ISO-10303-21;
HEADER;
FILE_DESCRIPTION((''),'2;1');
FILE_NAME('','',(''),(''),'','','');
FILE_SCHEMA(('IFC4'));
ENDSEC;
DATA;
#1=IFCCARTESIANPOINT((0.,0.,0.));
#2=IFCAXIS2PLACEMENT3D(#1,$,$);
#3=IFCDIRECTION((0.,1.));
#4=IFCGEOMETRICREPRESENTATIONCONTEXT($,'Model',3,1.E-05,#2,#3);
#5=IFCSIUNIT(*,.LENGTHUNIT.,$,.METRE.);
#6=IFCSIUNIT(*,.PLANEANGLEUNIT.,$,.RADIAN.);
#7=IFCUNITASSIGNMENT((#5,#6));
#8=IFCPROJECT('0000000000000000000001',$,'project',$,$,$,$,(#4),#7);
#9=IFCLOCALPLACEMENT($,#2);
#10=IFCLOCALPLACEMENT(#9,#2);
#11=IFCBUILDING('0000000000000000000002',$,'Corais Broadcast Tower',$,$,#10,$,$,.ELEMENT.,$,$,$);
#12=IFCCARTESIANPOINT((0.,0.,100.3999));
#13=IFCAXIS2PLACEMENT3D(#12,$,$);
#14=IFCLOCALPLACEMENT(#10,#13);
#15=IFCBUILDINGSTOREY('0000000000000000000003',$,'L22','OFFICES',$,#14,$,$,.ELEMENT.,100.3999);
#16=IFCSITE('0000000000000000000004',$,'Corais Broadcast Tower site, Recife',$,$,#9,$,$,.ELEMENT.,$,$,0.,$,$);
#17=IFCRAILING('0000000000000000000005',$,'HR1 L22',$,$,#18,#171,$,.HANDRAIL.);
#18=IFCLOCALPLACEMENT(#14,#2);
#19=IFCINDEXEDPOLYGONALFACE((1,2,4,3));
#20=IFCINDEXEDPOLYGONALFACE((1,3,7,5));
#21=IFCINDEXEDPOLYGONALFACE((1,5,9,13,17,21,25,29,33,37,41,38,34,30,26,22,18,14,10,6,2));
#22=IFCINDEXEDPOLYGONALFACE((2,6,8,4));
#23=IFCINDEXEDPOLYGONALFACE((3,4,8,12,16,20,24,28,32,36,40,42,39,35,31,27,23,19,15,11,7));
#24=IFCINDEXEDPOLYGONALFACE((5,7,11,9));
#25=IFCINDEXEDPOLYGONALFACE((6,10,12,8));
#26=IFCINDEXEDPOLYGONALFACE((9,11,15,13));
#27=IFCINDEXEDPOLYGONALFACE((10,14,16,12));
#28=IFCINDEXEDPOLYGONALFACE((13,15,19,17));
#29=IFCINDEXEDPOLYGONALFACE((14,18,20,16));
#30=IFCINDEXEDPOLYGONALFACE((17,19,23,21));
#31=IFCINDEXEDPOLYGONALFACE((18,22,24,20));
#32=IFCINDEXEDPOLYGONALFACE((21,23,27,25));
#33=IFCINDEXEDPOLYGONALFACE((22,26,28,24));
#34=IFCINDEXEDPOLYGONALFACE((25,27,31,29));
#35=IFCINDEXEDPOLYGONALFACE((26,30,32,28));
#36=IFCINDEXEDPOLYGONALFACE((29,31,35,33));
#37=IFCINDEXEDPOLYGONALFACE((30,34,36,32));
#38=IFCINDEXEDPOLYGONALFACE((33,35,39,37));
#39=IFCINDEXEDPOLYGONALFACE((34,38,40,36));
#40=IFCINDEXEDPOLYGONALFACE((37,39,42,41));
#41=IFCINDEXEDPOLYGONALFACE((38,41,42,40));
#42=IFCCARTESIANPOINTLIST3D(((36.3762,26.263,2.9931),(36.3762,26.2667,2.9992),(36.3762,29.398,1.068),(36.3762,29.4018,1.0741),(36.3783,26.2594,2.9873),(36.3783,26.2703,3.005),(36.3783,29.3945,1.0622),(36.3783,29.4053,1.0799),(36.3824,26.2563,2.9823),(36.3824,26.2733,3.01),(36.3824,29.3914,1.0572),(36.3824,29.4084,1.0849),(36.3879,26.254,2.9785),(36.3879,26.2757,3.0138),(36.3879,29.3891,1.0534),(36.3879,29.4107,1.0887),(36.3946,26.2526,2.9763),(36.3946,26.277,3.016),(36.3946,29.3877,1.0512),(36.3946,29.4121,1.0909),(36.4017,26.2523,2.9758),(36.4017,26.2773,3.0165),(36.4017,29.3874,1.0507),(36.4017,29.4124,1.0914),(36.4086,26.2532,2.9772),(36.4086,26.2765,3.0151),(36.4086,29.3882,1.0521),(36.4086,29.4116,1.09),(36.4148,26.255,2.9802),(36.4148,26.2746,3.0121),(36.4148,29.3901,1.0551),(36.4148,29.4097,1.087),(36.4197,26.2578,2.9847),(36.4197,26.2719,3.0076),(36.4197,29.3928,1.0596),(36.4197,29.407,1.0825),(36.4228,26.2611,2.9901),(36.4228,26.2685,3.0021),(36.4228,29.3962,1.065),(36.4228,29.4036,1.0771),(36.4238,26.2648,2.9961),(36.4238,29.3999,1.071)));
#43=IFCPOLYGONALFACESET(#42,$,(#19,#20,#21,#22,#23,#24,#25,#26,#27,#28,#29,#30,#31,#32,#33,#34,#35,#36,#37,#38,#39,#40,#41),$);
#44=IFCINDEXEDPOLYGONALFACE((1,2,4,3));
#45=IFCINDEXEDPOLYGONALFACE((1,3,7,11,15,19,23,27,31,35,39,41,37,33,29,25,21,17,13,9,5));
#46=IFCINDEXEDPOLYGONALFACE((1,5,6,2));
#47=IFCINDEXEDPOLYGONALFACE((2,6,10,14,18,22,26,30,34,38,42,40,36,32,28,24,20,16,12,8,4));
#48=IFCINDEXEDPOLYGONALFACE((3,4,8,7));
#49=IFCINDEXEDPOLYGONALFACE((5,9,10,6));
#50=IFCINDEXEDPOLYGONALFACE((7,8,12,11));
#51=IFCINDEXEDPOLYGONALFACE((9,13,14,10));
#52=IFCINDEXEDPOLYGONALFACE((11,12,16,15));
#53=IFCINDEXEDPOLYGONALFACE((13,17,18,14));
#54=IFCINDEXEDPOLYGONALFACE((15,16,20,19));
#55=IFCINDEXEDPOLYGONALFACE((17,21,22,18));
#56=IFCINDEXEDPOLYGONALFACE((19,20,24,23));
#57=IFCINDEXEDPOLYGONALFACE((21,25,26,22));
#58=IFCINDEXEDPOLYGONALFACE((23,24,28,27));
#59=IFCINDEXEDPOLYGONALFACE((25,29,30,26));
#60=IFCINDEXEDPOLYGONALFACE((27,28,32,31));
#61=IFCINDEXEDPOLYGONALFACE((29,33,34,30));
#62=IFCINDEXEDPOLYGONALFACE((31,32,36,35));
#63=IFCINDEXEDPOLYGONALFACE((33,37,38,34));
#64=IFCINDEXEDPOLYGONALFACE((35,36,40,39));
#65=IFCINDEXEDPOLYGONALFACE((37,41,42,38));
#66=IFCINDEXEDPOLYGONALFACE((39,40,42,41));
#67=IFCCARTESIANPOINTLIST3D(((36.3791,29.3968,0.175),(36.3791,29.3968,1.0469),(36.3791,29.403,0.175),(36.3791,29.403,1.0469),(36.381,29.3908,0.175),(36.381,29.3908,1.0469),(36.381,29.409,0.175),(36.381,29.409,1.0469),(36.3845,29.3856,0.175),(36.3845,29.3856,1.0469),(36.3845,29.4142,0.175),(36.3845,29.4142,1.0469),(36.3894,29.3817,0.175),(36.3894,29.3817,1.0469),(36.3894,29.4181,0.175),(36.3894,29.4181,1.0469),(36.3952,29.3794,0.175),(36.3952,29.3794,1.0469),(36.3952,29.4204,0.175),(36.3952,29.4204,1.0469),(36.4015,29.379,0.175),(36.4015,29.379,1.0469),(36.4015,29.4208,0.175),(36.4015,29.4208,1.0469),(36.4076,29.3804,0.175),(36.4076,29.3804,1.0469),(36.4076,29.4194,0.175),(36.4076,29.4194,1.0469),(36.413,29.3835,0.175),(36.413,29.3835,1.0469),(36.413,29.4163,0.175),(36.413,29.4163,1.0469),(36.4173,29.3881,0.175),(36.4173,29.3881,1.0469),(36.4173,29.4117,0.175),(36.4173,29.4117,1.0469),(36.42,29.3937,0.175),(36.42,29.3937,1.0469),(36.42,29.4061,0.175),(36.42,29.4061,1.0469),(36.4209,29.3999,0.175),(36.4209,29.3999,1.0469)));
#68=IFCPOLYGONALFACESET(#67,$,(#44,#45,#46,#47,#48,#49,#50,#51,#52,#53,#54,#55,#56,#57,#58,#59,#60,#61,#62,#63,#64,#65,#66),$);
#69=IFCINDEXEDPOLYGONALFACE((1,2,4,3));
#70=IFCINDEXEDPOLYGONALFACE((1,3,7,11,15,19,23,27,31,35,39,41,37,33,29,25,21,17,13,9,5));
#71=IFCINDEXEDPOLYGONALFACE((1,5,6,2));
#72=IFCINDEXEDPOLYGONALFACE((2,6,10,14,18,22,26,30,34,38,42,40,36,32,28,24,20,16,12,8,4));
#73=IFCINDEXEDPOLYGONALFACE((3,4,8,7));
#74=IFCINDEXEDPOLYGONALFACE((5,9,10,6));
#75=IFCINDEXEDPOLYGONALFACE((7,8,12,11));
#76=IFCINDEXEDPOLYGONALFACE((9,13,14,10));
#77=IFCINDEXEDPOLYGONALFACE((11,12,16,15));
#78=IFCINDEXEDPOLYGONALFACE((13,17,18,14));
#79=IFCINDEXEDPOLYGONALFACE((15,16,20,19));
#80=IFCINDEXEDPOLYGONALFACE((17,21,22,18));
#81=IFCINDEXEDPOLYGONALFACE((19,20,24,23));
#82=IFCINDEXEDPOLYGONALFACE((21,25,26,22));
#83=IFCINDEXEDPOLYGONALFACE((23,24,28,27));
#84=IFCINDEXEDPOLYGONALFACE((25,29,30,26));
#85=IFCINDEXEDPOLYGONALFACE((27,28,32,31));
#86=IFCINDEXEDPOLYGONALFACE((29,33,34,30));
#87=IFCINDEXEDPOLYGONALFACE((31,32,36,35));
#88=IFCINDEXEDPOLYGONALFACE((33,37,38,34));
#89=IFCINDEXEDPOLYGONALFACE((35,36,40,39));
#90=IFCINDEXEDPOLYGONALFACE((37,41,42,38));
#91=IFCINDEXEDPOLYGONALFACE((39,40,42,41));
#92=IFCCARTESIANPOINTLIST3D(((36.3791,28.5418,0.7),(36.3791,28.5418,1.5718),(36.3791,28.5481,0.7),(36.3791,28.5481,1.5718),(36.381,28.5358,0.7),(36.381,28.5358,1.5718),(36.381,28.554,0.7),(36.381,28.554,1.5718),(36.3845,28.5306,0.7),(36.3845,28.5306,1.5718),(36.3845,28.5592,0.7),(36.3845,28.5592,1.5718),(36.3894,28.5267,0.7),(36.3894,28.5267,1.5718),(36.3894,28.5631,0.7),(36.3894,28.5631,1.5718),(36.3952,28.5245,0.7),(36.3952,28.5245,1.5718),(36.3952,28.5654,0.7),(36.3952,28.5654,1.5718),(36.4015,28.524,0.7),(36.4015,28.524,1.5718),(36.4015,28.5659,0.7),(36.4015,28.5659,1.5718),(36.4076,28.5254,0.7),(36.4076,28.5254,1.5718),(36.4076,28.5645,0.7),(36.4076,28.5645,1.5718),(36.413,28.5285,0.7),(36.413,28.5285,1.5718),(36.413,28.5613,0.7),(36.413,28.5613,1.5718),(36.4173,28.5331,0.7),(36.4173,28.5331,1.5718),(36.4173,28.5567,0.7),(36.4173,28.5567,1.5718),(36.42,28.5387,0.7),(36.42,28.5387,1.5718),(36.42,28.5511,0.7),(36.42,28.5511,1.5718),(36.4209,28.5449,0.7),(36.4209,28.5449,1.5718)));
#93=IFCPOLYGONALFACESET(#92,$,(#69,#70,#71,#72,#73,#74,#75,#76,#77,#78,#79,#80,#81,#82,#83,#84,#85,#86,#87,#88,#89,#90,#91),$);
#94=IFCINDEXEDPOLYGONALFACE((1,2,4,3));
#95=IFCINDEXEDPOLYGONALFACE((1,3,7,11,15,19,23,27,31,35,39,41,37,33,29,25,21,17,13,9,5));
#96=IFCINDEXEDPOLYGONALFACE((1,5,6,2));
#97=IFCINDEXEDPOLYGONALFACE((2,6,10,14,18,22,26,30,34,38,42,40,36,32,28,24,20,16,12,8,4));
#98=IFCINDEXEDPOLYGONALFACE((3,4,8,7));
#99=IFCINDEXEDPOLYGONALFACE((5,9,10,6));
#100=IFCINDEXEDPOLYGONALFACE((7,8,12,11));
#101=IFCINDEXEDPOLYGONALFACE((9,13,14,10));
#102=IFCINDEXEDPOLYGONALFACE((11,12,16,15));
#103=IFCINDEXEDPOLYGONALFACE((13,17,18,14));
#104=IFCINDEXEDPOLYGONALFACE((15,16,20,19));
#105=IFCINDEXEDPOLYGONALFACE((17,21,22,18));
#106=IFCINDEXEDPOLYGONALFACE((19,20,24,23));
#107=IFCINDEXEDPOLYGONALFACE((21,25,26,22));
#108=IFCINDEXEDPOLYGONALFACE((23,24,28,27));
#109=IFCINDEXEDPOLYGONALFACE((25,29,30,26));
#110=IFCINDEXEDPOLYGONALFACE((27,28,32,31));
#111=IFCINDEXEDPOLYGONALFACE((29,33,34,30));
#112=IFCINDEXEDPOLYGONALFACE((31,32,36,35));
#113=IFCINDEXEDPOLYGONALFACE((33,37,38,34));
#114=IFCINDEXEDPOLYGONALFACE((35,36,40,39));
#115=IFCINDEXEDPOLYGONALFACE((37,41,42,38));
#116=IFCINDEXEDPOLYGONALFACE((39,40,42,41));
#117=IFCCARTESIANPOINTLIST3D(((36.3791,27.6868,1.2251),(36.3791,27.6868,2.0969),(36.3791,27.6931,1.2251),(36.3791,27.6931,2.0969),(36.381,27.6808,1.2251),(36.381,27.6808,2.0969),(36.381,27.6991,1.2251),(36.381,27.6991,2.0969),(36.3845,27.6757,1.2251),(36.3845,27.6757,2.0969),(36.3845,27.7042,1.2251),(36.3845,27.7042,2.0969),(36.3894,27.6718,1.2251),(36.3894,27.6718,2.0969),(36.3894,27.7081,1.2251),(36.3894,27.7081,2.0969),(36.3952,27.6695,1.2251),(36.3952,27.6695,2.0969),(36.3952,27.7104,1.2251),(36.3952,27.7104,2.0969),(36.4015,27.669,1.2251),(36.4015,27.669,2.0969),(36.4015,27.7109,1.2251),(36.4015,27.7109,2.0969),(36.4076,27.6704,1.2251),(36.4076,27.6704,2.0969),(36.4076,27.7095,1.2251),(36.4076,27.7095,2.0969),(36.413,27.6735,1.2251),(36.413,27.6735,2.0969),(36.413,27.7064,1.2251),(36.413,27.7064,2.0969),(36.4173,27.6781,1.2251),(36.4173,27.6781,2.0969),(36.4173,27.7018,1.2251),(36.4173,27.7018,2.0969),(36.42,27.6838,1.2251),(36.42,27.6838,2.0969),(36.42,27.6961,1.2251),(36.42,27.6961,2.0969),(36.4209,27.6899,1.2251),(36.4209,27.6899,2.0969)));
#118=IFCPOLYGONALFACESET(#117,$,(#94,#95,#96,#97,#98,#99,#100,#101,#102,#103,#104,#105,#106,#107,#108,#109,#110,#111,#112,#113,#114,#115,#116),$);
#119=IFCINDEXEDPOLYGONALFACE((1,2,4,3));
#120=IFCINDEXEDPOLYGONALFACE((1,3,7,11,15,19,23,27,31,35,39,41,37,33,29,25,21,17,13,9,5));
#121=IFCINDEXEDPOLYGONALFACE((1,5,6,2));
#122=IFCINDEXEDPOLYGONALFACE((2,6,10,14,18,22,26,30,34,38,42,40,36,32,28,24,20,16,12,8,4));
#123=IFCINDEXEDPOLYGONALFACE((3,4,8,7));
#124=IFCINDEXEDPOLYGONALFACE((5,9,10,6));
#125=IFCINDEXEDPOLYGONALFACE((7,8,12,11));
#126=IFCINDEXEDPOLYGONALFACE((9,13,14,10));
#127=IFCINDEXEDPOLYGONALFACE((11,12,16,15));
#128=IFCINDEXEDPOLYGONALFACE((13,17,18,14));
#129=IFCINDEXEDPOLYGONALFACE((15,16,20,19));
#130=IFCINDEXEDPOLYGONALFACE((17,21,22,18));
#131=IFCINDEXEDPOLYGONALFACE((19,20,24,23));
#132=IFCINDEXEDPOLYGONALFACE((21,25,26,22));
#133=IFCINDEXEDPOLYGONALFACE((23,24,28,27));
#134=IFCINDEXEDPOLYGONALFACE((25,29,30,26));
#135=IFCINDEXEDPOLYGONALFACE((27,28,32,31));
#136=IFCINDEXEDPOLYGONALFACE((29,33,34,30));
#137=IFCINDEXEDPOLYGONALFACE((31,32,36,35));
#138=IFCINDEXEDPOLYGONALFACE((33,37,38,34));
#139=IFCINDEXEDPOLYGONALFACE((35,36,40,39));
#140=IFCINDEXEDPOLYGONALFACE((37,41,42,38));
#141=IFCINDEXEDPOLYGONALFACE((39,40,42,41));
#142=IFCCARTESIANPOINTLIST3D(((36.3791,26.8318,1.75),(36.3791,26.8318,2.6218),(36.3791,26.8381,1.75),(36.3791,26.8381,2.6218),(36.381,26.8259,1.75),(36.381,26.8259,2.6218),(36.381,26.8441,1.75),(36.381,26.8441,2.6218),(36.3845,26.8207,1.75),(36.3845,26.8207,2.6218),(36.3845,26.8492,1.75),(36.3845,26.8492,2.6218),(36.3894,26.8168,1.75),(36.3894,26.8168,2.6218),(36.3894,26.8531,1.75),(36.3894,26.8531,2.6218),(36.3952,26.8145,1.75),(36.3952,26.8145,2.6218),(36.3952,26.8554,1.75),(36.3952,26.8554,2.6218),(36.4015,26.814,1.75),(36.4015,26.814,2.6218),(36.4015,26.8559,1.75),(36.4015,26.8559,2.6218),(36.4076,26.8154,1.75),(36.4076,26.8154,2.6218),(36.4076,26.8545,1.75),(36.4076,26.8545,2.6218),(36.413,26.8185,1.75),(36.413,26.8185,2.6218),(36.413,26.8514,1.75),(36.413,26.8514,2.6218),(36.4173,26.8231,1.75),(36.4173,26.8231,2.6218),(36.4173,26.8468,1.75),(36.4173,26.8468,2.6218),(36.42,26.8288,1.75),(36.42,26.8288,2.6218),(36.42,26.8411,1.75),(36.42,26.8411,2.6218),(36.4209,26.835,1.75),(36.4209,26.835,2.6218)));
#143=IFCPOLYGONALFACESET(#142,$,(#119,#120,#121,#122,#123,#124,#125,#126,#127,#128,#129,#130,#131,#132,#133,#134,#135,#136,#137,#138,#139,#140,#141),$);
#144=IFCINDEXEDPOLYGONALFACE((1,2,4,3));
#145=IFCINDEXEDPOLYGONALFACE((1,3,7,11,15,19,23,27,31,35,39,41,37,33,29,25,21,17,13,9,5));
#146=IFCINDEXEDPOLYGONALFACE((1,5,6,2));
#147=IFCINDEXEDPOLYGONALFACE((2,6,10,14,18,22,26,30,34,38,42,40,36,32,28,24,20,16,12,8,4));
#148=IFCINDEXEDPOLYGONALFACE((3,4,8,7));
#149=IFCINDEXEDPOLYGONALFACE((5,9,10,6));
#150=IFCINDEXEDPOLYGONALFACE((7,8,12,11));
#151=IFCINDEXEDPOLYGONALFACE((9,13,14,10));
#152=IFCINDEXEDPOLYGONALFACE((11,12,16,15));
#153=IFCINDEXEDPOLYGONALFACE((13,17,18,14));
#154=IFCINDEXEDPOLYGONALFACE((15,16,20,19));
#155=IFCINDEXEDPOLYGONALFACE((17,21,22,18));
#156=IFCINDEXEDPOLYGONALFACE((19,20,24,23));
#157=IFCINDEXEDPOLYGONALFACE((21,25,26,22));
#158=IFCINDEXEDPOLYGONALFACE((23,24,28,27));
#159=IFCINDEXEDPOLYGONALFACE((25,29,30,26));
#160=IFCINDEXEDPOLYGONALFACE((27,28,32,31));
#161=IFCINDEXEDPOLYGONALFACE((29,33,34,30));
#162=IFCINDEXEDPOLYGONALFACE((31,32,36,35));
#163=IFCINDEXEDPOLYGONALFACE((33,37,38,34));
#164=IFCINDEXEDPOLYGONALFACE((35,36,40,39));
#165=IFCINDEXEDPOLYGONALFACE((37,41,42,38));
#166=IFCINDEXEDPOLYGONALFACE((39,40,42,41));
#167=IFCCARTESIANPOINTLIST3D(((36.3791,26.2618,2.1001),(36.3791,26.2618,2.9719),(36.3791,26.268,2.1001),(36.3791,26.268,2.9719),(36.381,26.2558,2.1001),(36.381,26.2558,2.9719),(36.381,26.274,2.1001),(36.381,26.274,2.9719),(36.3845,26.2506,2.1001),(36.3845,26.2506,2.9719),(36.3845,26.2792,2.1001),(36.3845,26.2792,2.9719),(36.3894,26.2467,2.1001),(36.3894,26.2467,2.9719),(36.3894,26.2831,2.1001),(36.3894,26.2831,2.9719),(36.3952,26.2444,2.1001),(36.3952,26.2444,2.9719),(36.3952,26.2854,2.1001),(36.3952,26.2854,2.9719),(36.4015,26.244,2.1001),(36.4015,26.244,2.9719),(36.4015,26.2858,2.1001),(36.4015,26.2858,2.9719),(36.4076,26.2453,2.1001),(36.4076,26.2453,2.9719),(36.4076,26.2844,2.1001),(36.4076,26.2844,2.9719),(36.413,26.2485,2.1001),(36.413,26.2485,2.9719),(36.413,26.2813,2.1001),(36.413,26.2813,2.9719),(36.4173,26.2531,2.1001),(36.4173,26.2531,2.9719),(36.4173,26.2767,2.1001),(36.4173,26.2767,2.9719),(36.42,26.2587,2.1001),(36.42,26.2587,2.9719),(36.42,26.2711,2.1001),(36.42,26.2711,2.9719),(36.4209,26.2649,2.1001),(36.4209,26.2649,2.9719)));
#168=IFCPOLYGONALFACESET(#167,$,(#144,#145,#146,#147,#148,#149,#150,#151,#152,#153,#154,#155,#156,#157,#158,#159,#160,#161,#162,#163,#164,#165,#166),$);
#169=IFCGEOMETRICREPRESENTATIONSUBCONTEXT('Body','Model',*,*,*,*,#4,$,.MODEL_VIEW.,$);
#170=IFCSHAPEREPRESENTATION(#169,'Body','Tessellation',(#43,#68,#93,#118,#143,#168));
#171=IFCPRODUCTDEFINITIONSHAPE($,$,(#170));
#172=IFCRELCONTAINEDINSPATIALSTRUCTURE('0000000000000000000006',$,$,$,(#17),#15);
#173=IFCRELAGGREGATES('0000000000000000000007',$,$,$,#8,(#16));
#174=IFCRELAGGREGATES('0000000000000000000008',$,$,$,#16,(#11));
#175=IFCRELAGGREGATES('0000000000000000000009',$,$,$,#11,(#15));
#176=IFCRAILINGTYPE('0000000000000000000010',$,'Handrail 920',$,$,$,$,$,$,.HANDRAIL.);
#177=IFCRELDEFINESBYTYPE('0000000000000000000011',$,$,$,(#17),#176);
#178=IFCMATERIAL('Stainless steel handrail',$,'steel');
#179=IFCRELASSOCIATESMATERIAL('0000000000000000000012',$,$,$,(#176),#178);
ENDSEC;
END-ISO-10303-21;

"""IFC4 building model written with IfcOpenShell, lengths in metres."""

from ifc_helpers import new_model, si_unit, direction, frame, origin, origin_2d, place, context, subcontext, project, spatial, circle, extrude, material, type_object, element, save


model = new_model("IFC4")

# Units and contexts
model_context = context("Model", 3, precision=1e-05, world=origin(), true_north=direction((0.0, 1.0)))
body_context = subcontext(model_context, "Body", "Model", "MODEL_VIEW")
ifc_project = project(units=[si_unit("LENGTHUNIT", "METRE"), si_unit("PLANEANGLEUNIT", "RADIAN")], contexts=[model_context])

# Site, building, storey
site_placement = place(None, origin())
site = spatial("IfcSite", under=ifc_project, at=site_placement, Name="Corais Broadcast Tower site, Recife", CompositionType="ELEMENT", RefElevation=0.0)
building_placement = place(site_placement, origin())
building = spatial("IfcBuilding", under=site, at=building_placement, Name="Corais Broadcast Tower", CompositionType="ELEMENT")
storey_placement = place(building_placement, frame((0.0, 0.0, 100.3999)))
storey = spatial("IfcBuildingStorey", under=building, at=storey_placement, Name="L22", Description="OFFICES", CompositionType="ELEMENT", Elevation=100.3999)

# Railing
ifc_material_1 = material(Name="Stainless steel handrail", Category="steel")
railing_type = type_object("IfcRailingType", Name="Handrail 920", PredefinedType="HANDRAIL", material=ifc_material_1)
for number, where, name in (
    (1, (36.3999, 29.3999, 0.175), "HR1 L22"),
):
    element("IfcRailing", number, at=place(storey_placement, frame(where)), inside=storey, type_object=railing_type, Name=name, PredefinedType="HANDRAIL", context=body_context, shape_type="SweptSolid", body=[
        extrude(circle(Radius=0.0239, at=origin_2d()), frame((0.0, 0.0, 0.896), z_axis=(0.0, -0.852166, 0.523271), x_axis=(1.0, 0.0, 0.0)), (0.0, 0.0, 1.0), 3.679),
        extrude(circle(Radius=0.021, at=origin_2d()), origin(), (0.0, 0.0, 1.0), 0.8718),
        extrude(circle(Radius=0.021, at=origin_2d()), frame((0.0, -0.855, 0.5249)), (0.0, 0.0, 1.0), 0.8718),
        extrude(circle(Radius=0.021, at=origin_2d()), frame((0.0, -1.71, 1.05)), (0.0, 0.0, 1.0), 0.8718),
        extrude(circle(Radius=0.021, at=origin_2d()), frame((0.0, -2.5649, 1.575)), (0.0, 0.0, 1.0), 0.8718),
        extrude(circle(Radius=0.021, at=origin_2d()), frame((0.0, -3.135, 1.925)), (0.0, 0.0, 1.0), 0.8718),
    ])

save(model, "model.ifc")
